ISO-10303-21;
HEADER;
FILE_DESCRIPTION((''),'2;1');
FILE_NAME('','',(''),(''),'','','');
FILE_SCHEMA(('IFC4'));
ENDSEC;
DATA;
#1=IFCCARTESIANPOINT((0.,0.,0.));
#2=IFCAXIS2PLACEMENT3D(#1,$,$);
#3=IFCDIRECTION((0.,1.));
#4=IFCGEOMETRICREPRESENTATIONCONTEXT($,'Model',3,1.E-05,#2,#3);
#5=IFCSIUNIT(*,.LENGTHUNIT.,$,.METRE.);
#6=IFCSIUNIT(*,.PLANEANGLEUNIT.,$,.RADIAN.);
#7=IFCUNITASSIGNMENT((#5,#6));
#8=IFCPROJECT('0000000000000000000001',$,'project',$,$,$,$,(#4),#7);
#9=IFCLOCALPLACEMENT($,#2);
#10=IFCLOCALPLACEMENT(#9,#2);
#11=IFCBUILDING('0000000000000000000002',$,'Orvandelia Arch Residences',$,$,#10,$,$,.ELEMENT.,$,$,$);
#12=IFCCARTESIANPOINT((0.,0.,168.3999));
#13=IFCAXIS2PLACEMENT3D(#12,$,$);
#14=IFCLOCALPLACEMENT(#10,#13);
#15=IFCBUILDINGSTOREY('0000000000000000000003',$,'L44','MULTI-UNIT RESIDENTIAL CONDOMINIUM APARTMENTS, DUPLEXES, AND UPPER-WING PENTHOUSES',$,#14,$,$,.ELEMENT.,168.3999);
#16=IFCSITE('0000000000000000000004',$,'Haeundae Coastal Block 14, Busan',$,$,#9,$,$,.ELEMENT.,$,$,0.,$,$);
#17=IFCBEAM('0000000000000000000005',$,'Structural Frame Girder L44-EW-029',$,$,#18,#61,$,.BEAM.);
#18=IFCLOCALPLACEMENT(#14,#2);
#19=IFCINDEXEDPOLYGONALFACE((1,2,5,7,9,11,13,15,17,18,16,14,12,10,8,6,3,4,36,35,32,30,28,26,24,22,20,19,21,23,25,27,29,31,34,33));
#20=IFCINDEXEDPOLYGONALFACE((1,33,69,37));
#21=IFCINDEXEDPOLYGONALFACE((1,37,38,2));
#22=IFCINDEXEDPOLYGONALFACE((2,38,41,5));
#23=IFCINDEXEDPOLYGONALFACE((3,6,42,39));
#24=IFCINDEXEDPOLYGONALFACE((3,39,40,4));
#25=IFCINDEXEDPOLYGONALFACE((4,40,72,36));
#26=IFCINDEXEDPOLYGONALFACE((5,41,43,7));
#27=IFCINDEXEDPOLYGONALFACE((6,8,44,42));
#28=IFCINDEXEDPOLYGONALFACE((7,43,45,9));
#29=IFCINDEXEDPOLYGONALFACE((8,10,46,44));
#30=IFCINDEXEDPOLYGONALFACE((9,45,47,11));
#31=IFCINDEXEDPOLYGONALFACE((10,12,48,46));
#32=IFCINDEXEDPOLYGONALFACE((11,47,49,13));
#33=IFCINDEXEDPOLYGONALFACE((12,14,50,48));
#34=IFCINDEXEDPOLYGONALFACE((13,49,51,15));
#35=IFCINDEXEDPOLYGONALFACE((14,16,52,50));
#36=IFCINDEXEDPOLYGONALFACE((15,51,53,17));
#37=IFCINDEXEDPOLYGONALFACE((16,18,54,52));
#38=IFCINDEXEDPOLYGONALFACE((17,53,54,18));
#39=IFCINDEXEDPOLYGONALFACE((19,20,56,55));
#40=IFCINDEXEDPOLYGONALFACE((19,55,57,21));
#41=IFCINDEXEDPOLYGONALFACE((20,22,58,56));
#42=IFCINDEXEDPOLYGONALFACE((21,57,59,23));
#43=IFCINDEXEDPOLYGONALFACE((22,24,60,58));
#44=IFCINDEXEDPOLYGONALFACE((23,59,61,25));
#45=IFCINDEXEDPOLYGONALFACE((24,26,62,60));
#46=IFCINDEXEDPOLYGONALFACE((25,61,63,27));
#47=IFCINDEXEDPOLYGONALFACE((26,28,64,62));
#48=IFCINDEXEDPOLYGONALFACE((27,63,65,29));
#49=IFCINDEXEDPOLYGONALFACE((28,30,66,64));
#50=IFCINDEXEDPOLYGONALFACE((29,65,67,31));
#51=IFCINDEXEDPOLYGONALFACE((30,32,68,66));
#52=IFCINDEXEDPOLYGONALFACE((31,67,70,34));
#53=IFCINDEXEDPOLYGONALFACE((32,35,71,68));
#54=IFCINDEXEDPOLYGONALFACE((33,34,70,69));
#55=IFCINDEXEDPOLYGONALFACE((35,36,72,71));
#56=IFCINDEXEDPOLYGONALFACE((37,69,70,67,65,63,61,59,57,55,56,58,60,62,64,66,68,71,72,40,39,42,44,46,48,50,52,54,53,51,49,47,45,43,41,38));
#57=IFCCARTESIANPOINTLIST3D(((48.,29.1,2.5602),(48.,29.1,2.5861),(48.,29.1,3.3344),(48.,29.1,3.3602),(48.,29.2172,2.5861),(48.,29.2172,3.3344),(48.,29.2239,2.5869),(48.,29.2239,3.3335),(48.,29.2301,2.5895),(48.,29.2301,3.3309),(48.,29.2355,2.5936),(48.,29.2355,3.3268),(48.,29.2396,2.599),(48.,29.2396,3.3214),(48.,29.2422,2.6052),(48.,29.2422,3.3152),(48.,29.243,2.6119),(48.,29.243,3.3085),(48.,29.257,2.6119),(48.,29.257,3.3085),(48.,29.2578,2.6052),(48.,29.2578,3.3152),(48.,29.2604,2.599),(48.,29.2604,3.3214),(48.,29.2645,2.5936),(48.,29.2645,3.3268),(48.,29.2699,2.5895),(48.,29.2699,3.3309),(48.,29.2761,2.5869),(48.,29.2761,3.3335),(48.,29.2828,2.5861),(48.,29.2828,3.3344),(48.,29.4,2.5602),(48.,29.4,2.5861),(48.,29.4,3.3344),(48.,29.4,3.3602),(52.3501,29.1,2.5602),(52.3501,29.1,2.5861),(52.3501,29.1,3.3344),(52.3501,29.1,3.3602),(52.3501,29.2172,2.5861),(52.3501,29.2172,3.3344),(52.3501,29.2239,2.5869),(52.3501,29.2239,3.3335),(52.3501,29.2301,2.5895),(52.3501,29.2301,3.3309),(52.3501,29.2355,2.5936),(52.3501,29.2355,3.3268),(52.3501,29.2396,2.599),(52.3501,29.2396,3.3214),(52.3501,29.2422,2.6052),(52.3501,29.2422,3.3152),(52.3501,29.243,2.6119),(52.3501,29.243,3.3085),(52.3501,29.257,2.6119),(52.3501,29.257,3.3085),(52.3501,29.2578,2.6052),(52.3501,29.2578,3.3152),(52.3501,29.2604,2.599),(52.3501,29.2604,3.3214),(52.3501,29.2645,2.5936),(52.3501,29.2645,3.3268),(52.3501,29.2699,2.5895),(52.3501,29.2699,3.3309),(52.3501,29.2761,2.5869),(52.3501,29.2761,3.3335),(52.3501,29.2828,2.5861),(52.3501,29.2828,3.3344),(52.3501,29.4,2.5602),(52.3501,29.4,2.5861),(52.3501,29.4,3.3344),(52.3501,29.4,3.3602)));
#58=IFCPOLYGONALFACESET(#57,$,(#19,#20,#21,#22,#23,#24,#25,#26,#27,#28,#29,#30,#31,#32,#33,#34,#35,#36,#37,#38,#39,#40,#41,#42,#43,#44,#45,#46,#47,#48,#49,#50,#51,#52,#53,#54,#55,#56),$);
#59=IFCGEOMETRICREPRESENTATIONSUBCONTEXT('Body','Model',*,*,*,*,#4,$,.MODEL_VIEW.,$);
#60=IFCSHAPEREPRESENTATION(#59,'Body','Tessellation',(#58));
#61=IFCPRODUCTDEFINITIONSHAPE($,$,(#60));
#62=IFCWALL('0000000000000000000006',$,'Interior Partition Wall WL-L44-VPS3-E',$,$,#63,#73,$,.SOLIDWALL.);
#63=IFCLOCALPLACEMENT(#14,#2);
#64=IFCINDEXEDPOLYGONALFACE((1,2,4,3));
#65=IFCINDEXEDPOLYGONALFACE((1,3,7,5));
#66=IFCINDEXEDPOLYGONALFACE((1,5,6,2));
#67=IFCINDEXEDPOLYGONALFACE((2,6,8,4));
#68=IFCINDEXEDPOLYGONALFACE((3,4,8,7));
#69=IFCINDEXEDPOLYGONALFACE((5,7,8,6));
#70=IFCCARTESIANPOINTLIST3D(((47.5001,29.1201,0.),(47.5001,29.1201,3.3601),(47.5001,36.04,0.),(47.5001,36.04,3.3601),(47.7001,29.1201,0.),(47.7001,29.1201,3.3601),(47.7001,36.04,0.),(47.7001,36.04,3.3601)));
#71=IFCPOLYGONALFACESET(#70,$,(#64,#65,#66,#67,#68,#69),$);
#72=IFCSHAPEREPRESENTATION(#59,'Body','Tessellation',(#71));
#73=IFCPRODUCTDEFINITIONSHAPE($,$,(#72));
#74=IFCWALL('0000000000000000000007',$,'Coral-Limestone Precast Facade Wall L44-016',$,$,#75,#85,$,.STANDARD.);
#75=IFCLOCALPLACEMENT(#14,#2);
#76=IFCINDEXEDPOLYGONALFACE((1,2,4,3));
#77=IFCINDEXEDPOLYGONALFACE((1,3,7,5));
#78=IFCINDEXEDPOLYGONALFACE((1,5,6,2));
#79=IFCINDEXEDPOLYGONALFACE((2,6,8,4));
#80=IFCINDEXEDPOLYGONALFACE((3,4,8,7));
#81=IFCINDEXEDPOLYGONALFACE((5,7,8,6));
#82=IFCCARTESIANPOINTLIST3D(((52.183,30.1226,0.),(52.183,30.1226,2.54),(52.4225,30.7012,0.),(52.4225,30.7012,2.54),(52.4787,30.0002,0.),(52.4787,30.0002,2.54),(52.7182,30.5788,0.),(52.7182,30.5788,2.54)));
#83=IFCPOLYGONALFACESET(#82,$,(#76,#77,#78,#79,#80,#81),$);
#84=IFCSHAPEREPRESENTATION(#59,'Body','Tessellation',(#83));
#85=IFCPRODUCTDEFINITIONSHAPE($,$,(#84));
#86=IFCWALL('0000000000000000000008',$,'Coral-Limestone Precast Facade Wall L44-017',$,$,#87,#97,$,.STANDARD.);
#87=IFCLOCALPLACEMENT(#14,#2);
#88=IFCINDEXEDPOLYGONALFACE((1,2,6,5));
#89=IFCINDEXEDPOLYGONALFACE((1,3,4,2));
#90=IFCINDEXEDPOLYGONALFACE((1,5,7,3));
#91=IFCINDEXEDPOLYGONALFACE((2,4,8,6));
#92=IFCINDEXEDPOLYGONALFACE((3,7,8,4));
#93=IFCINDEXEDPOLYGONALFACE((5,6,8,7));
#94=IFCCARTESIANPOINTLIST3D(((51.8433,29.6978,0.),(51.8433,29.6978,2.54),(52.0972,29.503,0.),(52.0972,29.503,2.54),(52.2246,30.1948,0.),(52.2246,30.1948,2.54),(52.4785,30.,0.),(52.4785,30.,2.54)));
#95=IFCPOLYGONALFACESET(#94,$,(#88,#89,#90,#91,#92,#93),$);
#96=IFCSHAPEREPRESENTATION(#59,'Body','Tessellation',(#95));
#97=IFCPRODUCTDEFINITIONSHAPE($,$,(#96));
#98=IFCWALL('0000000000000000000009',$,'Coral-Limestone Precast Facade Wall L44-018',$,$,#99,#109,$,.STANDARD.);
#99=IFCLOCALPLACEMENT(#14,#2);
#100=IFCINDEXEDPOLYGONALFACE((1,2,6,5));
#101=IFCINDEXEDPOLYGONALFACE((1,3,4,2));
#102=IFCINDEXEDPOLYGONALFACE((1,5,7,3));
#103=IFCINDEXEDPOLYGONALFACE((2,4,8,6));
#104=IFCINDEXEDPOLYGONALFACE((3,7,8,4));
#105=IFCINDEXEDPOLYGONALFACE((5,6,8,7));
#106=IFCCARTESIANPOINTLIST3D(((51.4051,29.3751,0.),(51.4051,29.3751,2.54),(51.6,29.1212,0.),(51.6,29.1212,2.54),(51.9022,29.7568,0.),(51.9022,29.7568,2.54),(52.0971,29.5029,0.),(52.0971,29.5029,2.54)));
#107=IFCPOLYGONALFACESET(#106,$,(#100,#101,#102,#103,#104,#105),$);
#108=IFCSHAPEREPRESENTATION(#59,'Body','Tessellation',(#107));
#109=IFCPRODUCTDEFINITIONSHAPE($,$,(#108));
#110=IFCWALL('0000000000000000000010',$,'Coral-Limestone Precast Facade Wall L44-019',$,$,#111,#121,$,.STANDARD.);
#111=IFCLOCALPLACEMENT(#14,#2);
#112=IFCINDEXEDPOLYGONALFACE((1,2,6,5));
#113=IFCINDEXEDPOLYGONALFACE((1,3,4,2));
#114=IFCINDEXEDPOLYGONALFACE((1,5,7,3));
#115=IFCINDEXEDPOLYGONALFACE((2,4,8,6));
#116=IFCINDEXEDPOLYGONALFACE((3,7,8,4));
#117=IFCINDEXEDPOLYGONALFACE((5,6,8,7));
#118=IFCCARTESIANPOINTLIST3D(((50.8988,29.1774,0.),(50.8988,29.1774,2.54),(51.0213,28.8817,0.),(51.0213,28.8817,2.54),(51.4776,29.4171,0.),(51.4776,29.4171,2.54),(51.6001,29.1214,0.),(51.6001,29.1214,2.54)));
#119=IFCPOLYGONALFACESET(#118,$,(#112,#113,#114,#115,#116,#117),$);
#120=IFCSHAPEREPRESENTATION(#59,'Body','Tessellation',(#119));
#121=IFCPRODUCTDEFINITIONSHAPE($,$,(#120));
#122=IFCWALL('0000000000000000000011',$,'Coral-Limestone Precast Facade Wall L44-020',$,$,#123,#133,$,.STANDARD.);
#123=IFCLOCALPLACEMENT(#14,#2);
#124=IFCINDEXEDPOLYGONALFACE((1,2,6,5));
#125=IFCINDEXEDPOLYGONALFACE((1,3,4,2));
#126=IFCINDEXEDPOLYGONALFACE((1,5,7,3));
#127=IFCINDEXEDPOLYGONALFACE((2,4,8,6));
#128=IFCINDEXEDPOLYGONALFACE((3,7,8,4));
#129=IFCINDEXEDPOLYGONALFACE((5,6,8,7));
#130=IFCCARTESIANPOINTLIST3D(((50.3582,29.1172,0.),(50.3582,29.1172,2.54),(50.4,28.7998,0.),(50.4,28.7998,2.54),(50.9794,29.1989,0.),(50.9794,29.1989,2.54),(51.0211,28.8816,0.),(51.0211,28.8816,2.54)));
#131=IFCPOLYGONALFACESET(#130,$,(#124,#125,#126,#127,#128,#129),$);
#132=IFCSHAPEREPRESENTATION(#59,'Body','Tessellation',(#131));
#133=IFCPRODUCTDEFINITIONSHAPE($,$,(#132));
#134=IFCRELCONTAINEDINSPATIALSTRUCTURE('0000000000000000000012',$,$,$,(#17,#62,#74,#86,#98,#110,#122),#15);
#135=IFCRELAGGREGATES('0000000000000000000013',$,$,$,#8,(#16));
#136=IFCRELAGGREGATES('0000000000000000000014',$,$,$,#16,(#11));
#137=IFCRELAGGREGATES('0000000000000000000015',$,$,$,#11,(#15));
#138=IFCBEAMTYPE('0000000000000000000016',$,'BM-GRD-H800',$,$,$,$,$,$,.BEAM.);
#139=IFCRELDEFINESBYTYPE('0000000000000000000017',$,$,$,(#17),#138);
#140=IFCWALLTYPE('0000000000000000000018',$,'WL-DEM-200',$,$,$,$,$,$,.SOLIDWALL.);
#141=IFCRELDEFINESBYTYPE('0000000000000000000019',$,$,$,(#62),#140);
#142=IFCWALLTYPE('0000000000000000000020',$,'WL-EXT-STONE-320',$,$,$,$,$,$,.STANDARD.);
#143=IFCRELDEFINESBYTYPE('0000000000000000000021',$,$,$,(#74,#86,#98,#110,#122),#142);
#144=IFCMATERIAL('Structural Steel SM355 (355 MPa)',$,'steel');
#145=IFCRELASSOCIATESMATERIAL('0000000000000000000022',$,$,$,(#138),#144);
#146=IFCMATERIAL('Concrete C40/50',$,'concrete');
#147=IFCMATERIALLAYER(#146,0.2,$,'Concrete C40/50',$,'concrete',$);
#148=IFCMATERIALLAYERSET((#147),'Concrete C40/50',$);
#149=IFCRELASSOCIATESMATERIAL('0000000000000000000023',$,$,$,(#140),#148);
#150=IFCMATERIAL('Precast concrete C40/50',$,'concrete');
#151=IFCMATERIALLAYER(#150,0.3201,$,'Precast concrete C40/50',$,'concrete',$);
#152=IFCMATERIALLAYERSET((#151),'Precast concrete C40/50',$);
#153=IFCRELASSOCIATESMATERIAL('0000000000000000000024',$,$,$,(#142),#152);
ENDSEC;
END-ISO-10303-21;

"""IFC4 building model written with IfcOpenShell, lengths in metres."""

from ifc_helpers import new_model, si_unit, direction, frame, frame_2d, origin, origin_2d, place, context, subcontext, project, spatial, rectangle, i_section, extrude, material, layer, layer_set, material_profile, profile_set, type_object, element, save


model = new_model("IFC4")

# Units and contexts
model_context = context("Model", 3, precision=1e-05, world=origin(), true_north=direction((0.0, 1.0)))
body_context = subcontext(model_context, "Body", "Model", "MODEL_VIEW")
ifc_project = project(units=[si_unit("LENGTHUNIT", "METRE"), si_unit("PLANEANGLEUNIT", "RADIAN")], contexts=[model_context])

# Site, building, storey
site_placement = place(None, origin())
site = spatial("IfcSite", under=ifc_project, at=site_placement, Name="Haeundae Coastal Block 14, Busan", CompositionType="ELEMENT", RefElevation=0.0)
building_placement = place(site_placement, origin())
building = spatial("IfcBuilding", under=site, at=building_placement, Name="Orvandelia Arch Residences", CompositionType="ELEMENT")
storey_placement = place(building_placement, frame((0.0, 0.0, 168.3999)))
storey = spatial("IfcBuildingStorey", under=building, at=storey_placement, Name="L44", Description="MULTI-UNIT RESIDENTIAL CONDOMINIUM APARTMENTS, DUPLEXES, AND UPPER-WING PENTHOUSES", CompositionType="ELEMENT", Elevation=168.3999)

# Beam
ifc_material_1 = material(Name="Structural Steel SM355 (355 MPa)", Category="steel")
ifc_material_profile_1 = material_profile(ifc_material_1, i_section(OverallWidth=0.3, OverallDepth=0.8, WebThickness=0.0139, FlangeThickness=0.0259, FilletRadius=0.0259, at=origin_2d()), Name="Structural Steel SM355 (355 MPa)", Category="steel")
ifc_profile_set_1 = profile_set([ifc_material_profile_1], Name="Structural Steel SM355 (355 MPa)")
beam_type = type_object("IfcBeamType", Name="BM-GRD-H800", PredefinedType="BEAM", material=ifc_profile_set_1)
beam_1_placement = place(storey_placement, frame((48.0, 29.25, 2.9602), z_axis=(1.0, 0.0, 0.0), x_axis=(0.0, 1.0, 0.0)))
element("IfcBeam", 1, at=beam_1_placement, inside=storey, type_object=beam_type, Name="Structural Frame Girder L44-EW-029", PredefinedType="BEAM", context=body_context, shape_type="SweptSolid", body=[
    extrude(i_section(OverallWidth=0.3, OverallDepth=0.8, WebThickness=0.0139, FlangeThickness=0.0259, FilletRadius=0.0259, at=origin_2d()), origin(), (0.0, 0.0, 1.0), 4.3501),
])

# Walls
ifc_material_2 = material(Name="Concrete C40/50", Category="concrete")
ifc_layer_1 = layer(ifc_material_2, 0.2, Name="Concrete C40/50", Category="concrete")
ifc_layer_set_1 = layer_set([ifc_layer_1], Name="Concrete C40/50")
wall_type_1 = type_object("IfcWallType", Name="WL-DEM-200", PredefinedType="SOLIDWALL", material=ifc_layer_set_1)
wall_1_placement = place(storey_placement, frame((47.6001, 29.1201, 0.0), z_axis=(0.0, 0.0, 1.0), x_axis=(0.0, 1.0, 0.0)))
element("IfcWall", 2, at=wall_1_placement, inside=storey, type_object=wall_type_1, Name="Interior Partition Wall WL-L44-VPS3-E", PredefinedType="SOLIDWALL", context=body_context, shape_type="SweptSolid", body=[
    extrude(rectangle(XDim=6.9199, YDim=0.2, at=frame_2d((3.46, 0.0))), origin(), (0.0, 0.0, 1.0), 3.3601),
])
ifc_material_3 = material(Name="Precast concrete C40/50", Category="concrete")
ifc_layer_2 = layer(ifc_material_3, 0.3201, Name="Precast concrete C40/50", Category="concrete")
ifc_layer_set_2 = layer_set([ifc_layer_2], Name="Precast concrete C40/50")
wall_type_2 = type_object("IfcWallType", Name="WL-EXT-STONE-320", PredefinedType="STANDARD", material=ifc_layer_set_2)
wall_2_placement = place(storey_placement, frame((52.5703, 30.6399, 0.0), z_axis=(0.0, 0.0, 1.0), x_axis=(-0.382455, -0.923974, 0.0)))
element("IfcWall", 3, at=wall_2_placement, inside=storey, type_object=wall_type_2, Name="Coral-Limestone Precast Facade Wall L44-016", PredefinedType="STANDARD", context=body_context, shape_type="SweptSolid", body=[
    extrude(rectangle(XDim=0.6262, YDim=0.3201, at=frame_2d((0.313, 0.0))), origin(), (0.0, 0.0, 1.0), 2.54),
])
wall_3_placement = place(storey_placement, frame((52.3516, 30.0974, 0.0), z_axis=(0.0, 0.0, 1.0), x_axis=(-0.608693, -0.793406, 0.0)))
element("IfcWall", 4, at=wall_3_placement, inside=storey, type_object=wall_type_2, Name="Coral-Limestone Precast Facade Wall L44-017", PredefinedType="STANDARD", context=body_context, shape_type="SweptSolid", body=[
    extrude(rectangle(XDim=0.6265, YDim=0.3201, at=frame_2d((0.3132, 0.0))), origin(), (0.0, 0.0, 1.0), 2.54),
])
wall_4_placement = place(storey_placement, frame((51.9998, 29.6299, 0.0), z_axis=(0.0, 0.0, 1.0), x_axis=(-0.793217, -0.608939, 0.0)))
element("IfcWall", 5, at=wall_4_placement, inside=storey, type_object=wall_type_2, Name="Coral-Limestone Precast Facade Wall L44-018", PredefinedType="STANDARD", context=body_context, shape_type="SweptSolid", body=[
    extrude(rectangle(XDim=0.6267, YDim=0.3201, at=frame_2d((0.3135, 0.0))), origin(), (0.0, 0.0, 1.0), 2.54),
])
for number, where, z_axis, x_axis, name in (
    (6, (51.5388, 29.2693, 0.0), (0.0, 0.0, 1.0), (-0.923893, -0.38265, 0.0), "Coral-Limestone Precast Facade Wall L44-019"),
    (7, (51.0002, 29.0403, 0.0), (0.0, 0.0, 1.0), (-0.991441, -0.130555, 0.0), "Coral-Limestone Precast Facade Wall L44-020"),
):
    element("IfcWall", number, at=place(storey_placement, frame(where, z_axis=z_axis, x_axis=x_axis)), inside=storey, type_object=wall_type_2, Name=name, PredefinedType="STANDARD", context=body_context, shape_type="SweptSolid", body=[
        extrude(rectangle(XDim=0.6265, YDim=0.3201, at=frame_2d((0.3132, 0.0))), origin(), (0.0, 0.0, 1.0), 2.54),
    ])

save(model, "model.ifc")
